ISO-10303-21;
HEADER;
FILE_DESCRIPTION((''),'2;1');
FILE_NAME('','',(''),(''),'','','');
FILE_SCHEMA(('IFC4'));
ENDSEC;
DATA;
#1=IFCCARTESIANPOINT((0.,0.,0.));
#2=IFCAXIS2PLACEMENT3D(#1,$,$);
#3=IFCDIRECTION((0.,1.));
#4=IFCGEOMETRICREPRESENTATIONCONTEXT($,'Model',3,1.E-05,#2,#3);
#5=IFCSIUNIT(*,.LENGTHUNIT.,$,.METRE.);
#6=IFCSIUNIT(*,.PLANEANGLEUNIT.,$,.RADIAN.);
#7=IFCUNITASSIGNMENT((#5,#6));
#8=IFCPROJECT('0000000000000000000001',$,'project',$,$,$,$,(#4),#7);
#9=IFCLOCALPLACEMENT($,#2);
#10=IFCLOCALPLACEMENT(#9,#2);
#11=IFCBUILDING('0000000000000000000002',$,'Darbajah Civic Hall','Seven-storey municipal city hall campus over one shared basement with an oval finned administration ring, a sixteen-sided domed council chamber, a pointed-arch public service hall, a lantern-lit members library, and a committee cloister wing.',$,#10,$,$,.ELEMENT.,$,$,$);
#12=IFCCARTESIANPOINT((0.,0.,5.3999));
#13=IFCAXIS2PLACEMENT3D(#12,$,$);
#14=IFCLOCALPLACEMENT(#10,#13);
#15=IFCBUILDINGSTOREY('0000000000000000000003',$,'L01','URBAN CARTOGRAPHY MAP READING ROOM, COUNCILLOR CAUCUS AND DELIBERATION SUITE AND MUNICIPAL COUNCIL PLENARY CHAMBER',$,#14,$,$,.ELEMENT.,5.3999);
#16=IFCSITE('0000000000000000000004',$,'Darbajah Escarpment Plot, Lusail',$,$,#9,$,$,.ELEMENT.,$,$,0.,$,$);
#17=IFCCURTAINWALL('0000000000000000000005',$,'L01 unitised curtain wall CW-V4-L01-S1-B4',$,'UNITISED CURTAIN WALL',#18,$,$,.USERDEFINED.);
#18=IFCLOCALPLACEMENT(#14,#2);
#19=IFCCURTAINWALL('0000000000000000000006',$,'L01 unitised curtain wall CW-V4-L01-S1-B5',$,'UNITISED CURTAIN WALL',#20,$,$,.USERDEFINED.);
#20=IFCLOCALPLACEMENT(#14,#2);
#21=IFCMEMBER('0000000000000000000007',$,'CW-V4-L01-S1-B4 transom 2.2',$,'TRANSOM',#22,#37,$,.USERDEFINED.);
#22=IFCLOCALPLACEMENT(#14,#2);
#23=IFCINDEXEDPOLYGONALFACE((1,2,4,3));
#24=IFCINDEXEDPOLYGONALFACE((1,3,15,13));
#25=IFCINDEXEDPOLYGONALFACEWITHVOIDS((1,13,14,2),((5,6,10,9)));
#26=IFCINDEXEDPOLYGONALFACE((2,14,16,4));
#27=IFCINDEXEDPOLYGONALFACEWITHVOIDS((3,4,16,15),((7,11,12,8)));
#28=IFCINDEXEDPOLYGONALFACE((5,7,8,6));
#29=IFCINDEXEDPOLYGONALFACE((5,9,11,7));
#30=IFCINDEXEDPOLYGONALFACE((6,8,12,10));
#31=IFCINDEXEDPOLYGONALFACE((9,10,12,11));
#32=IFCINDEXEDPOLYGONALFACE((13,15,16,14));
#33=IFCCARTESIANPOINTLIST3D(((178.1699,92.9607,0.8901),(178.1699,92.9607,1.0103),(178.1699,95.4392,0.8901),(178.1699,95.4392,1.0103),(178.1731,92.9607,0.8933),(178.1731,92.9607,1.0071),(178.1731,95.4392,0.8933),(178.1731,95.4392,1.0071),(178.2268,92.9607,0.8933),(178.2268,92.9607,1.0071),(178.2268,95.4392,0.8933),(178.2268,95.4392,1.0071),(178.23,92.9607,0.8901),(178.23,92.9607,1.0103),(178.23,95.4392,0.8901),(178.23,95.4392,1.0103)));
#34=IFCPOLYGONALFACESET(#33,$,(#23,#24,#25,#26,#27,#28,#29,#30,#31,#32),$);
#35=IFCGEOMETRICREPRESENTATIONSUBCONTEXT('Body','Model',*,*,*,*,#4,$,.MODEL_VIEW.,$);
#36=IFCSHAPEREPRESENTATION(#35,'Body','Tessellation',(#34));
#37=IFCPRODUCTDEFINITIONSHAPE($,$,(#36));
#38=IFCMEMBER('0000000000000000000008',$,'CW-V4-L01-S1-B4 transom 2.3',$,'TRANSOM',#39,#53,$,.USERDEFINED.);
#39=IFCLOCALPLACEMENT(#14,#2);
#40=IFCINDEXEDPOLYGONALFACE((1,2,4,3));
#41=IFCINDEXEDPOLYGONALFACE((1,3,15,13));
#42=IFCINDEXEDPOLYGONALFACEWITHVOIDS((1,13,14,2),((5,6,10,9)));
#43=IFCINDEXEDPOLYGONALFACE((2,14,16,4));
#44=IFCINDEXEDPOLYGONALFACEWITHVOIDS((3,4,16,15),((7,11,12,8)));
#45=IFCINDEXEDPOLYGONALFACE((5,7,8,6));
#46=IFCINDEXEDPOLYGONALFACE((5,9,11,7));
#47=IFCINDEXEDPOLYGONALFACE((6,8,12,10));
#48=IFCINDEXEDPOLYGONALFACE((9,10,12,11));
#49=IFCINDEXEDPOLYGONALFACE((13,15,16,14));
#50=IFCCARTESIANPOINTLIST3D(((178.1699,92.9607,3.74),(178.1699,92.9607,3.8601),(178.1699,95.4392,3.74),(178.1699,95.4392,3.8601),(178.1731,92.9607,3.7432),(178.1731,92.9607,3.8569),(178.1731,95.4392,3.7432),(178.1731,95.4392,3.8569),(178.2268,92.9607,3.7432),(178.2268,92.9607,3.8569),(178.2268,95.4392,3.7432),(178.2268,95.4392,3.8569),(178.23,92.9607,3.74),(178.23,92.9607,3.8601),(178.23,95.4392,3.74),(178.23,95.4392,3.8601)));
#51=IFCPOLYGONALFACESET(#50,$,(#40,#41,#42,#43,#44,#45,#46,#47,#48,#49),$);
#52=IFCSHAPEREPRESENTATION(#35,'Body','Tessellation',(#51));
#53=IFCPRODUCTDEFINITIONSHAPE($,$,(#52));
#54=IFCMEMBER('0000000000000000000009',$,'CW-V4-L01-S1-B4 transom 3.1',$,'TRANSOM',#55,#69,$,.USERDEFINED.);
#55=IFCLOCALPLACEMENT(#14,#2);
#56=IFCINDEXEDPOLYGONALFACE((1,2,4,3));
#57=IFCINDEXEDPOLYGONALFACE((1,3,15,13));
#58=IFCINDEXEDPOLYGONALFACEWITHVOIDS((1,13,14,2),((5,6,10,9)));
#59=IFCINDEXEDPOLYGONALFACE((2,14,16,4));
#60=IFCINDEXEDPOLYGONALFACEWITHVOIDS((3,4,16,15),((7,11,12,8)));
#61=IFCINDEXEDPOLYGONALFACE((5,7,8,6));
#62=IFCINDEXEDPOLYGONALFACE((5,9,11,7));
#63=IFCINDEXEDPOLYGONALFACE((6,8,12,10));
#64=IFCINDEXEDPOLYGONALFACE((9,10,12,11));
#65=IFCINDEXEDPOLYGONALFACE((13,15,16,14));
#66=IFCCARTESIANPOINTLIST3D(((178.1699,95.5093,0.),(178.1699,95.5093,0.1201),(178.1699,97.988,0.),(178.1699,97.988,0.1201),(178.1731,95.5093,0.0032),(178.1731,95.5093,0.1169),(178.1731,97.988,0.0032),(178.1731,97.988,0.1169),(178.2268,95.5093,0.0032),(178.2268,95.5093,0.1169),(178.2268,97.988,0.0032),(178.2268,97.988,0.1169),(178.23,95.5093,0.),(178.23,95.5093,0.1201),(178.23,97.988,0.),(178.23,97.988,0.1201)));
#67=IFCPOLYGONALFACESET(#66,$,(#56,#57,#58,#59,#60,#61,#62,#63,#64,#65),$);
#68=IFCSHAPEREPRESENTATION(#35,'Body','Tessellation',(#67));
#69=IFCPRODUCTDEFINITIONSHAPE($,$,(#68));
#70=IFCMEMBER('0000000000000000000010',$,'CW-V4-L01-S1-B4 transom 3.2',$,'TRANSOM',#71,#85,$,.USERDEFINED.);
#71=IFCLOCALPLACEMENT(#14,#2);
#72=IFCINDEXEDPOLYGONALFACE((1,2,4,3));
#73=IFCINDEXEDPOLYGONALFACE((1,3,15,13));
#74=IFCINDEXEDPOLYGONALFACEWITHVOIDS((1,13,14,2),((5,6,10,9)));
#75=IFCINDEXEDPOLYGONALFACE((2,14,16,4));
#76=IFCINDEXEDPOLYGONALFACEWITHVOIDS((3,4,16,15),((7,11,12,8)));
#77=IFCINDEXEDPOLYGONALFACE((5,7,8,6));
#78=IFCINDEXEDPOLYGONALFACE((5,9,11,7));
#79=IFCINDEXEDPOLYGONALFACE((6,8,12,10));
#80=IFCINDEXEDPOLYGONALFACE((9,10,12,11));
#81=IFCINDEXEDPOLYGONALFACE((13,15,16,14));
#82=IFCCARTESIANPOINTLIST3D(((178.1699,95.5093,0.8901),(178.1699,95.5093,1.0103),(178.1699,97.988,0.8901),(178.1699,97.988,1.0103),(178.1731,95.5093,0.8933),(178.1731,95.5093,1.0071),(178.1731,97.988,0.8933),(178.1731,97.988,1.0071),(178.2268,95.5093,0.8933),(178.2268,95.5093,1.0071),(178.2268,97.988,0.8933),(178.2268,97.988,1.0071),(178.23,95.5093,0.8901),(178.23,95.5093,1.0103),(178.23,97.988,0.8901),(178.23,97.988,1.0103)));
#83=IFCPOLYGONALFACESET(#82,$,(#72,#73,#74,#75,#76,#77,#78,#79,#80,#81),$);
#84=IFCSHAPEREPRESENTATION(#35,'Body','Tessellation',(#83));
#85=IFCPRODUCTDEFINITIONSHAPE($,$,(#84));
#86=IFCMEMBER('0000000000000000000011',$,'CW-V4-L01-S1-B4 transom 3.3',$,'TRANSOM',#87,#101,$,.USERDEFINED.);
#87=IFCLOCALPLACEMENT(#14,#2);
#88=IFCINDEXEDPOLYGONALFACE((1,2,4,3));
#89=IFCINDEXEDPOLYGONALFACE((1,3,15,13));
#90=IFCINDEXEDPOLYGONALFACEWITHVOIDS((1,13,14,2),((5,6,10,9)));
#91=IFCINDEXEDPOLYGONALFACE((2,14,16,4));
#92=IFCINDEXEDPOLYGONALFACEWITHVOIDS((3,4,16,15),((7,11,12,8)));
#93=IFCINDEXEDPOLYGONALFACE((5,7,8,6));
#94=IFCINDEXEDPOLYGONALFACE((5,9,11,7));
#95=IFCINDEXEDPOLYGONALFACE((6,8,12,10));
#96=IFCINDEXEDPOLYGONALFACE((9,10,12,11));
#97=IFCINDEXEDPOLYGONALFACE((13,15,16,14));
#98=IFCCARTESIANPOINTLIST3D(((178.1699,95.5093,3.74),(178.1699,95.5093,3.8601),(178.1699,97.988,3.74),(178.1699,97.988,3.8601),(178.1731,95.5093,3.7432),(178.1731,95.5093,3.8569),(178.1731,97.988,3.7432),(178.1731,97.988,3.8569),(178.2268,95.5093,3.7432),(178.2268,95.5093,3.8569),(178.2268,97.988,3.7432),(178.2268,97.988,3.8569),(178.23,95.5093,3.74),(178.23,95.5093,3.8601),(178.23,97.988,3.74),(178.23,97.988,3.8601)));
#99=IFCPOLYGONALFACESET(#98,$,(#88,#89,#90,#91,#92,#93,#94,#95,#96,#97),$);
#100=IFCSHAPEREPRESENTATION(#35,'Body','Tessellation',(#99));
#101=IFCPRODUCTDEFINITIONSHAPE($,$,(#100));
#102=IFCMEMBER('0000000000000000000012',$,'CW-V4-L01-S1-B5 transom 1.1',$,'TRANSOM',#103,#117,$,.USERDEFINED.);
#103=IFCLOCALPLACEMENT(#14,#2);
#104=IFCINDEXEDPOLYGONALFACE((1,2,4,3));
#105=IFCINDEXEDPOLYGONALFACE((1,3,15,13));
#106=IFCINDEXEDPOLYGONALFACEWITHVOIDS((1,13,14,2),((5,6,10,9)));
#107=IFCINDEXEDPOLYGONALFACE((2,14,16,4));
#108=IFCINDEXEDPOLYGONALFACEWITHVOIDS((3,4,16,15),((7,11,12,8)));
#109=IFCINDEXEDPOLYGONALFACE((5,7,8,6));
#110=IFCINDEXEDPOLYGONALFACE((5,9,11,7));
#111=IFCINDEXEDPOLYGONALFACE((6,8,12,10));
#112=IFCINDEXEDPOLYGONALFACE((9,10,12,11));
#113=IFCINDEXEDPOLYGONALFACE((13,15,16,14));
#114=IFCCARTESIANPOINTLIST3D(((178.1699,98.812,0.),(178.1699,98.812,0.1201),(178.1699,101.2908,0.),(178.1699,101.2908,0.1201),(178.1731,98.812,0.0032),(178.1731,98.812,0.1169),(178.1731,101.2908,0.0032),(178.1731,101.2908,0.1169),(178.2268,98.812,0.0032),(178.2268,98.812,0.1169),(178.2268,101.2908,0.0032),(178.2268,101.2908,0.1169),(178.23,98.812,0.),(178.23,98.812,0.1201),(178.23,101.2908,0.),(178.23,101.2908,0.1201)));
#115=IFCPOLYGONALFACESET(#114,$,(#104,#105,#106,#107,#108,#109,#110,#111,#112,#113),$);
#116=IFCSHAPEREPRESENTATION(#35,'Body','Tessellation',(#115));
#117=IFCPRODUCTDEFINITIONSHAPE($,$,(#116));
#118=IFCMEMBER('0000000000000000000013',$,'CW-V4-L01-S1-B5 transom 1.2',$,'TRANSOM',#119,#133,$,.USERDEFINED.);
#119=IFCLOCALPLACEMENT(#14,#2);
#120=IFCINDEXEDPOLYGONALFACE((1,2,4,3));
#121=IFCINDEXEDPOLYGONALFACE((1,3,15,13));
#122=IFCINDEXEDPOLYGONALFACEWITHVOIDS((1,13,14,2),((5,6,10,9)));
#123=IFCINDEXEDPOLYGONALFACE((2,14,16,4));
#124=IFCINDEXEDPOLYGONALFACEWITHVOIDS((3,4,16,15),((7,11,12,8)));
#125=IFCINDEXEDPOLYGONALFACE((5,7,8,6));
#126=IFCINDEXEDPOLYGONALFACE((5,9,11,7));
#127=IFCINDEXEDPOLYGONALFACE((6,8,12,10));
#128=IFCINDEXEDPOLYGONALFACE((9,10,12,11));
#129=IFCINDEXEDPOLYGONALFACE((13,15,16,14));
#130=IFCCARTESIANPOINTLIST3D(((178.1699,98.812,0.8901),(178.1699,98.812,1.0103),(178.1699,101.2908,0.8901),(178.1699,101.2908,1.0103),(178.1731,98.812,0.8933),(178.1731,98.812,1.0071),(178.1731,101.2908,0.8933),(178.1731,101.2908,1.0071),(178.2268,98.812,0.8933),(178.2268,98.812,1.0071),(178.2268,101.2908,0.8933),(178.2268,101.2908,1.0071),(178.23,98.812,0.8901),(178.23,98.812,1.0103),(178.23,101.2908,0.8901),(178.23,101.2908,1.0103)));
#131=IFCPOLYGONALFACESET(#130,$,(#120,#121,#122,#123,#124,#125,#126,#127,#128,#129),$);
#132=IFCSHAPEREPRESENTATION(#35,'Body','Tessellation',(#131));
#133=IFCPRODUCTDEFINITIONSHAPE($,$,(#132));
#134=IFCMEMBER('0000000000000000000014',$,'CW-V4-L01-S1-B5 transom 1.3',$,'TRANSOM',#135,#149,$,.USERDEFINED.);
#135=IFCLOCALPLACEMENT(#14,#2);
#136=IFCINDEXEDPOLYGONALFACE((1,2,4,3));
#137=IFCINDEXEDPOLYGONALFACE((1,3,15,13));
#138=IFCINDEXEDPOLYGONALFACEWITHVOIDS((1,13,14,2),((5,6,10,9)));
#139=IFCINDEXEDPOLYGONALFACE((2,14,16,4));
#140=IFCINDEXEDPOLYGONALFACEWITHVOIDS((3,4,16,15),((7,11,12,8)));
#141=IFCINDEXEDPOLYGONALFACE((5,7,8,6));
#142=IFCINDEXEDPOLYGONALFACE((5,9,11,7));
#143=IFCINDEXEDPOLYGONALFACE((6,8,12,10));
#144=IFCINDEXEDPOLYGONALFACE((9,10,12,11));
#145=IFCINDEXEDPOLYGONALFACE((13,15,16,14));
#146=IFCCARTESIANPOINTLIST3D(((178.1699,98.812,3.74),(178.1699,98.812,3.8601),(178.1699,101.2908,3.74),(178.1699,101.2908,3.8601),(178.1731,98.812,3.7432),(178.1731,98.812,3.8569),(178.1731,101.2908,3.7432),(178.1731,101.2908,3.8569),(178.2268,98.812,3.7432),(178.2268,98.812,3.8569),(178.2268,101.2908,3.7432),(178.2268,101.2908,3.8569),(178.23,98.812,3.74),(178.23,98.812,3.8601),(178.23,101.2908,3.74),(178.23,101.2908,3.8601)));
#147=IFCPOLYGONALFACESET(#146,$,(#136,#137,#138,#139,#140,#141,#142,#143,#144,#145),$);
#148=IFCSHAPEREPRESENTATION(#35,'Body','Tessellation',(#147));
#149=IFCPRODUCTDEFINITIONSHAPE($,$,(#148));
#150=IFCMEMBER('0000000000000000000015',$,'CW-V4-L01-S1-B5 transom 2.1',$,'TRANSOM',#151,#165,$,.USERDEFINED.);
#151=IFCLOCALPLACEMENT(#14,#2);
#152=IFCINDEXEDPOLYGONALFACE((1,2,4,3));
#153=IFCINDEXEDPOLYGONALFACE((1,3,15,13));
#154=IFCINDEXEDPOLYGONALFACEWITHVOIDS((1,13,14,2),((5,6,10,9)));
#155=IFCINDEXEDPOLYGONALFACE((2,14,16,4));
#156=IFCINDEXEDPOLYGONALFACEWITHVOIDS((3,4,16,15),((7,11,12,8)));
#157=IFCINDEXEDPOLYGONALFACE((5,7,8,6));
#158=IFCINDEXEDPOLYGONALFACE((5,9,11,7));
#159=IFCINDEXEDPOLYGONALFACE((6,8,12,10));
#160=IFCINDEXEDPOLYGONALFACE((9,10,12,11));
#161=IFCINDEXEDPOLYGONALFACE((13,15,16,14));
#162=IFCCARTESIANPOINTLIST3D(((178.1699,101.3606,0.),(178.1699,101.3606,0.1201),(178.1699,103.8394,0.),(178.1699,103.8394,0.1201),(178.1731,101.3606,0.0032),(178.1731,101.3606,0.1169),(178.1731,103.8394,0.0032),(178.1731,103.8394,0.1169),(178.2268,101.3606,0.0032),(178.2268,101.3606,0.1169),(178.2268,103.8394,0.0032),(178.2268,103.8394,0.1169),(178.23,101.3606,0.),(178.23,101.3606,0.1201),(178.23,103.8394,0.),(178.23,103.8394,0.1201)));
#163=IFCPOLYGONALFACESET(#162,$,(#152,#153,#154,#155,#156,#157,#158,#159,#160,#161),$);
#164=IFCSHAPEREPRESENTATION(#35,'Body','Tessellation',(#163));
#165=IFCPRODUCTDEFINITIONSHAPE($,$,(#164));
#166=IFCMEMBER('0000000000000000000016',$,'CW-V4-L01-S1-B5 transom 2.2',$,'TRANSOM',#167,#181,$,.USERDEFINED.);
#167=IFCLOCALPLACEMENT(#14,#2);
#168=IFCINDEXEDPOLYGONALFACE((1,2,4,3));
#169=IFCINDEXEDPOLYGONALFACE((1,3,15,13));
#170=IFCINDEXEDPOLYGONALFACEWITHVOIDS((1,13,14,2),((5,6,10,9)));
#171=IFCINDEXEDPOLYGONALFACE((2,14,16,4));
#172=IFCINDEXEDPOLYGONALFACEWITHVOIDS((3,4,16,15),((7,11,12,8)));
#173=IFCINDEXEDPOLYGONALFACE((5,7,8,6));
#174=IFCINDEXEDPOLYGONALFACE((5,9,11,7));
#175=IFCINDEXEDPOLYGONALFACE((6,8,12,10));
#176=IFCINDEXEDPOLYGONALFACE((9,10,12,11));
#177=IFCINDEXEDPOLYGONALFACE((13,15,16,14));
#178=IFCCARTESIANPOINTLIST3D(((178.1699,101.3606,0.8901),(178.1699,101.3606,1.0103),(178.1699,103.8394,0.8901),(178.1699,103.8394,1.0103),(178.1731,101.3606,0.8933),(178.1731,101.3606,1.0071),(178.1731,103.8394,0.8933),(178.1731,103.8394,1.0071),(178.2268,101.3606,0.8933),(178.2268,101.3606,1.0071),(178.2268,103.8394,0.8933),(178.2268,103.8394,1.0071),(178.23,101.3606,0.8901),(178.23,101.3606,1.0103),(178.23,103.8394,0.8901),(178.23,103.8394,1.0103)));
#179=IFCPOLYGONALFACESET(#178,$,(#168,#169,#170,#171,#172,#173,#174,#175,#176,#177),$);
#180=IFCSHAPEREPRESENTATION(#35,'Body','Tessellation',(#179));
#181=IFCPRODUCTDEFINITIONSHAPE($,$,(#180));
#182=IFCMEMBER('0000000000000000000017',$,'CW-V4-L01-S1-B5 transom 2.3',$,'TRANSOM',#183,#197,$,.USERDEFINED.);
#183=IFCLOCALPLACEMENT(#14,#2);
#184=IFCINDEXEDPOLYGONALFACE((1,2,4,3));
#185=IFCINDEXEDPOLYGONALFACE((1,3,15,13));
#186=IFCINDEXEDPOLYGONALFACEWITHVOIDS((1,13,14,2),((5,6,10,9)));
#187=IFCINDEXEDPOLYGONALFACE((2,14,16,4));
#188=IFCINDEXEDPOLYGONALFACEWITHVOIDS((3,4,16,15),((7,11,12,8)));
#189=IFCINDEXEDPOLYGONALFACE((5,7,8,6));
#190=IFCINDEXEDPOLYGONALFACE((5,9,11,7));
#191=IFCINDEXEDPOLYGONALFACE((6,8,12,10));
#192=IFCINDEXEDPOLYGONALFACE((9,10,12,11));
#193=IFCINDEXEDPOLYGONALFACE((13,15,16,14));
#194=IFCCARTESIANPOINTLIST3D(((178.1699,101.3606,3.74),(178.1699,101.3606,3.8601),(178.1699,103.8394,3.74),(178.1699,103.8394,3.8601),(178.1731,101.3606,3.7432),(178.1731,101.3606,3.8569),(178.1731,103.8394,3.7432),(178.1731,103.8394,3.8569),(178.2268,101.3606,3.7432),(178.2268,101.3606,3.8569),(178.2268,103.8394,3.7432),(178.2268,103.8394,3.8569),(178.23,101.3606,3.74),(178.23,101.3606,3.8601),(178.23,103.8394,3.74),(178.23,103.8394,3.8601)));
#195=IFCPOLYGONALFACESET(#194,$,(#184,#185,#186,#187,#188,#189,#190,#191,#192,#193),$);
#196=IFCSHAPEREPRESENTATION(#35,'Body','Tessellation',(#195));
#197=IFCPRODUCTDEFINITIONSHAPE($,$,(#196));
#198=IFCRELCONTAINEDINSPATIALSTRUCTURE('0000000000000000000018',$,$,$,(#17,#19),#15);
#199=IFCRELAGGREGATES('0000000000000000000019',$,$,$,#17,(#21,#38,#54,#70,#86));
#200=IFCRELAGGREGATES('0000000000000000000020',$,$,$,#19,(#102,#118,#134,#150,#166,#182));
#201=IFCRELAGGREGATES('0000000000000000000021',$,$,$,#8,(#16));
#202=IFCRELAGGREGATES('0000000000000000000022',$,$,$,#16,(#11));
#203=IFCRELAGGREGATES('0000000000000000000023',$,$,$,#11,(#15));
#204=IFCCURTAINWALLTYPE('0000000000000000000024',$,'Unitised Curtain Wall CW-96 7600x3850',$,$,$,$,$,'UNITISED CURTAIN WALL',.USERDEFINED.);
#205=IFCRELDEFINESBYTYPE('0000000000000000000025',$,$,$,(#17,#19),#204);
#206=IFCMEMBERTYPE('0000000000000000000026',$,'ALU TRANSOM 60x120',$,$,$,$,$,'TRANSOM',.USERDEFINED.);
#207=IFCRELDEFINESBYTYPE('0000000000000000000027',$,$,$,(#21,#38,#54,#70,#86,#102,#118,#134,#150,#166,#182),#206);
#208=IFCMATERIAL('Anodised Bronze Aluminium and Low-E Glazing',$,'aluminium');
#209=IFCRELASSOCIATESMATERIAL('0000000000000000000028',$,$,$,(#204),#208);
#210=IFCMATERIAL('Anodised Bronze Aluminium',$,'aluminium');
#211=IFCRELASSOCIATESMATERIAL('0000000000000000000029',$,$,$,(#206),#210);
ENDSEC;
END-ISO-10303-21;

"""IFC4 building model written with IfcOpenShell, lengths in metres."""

from ifc_helpers import new_model, si_unit, direction, frame, origin, origin_2d, place, context, subcontext, project, spatial, hollow_rectangle, extrude, material, material_profile, profile_set, type_object, element, aggregate, save


model = new_model("IFC4")

# Units and contexts
model_context = context("Model", 3, precision=1e-05, world=origin(), true_north=direction((0.0, 1.0)))
body_context = subcontext(model_context, "Body", "Model", "MODEL_VIEW")
ifc_project = project(units=[si_unit("LENGTHUNIT", "METRE"), si_unit("PLANEANGLEUNIT", "RADIAN")], contexts=[model_context])

# Site, building, storey
site_placement = place(None, origin())
site = spatial("IfcSite", under=ifc_project, at=site_placement, Name="Darbajah Escarpment Plot, Lusail", CompositionType="ELEMENT", RefElevation=0.0)
building_placement = place(site_placement, origin())
building = spatial("IfcBuilding", under=site, at=building_placement, Name="Darbajah Civic Hall", Description="Seven-storey municipal city hall campus over one shared basement with an oval finned administration ring, a sixteen-sided domed council chamber, a pointed-arch public service hall, a lantern-lit members library, and a committee cloister wing.", CompositionType="ELEMENT")
storey_placement = place(building_placement, frame((0.0, 0.0, 5.3999)))
storey = spatial("IfcBuildingStorey", under=building, at=storey_placement, Name="L01", Description="URBAN CARTOGRAPHY MAP READING ROOM, COUNCILLOR CAUCUS AND DELIBERATION SUITE AND MUNICIPAL COUNCIL PLENARY CHAMBER", CompositionType="ELEMENT", Elevation=5.3999)

# Curtain walls
ifc_material_1 = material(Name="Anodised Bronze Aluminium and Low-E Glazing", Category="aluminium")
curtain_wall_type = type_object("IfcCurtainWallType", Name="Unitised Curtain Wall CW-96 7600x3850", ElementType="UNITISED CURTAIN WALL", PredefinedType="USERDEFINED", material=ifc_material_1)
curtain_wall_1_placement = place(storey_placement, origin())
curtain_wall_1 = element("IfcCurtainWall", 1, at=curtain_wall_1_placement, inside=storey, type_object=curtain_wall_type, Name="L01 unitised curtain wall CW-V4-L01-S1-B4", ObjectType="UNITISED CURTAIN WALL", PredefinedType="USERDEFINED")
ifc_material_2 = material(Name="Anodised Bronze Aluminium", Category="aluminium")
curtain_wall_2_placement = place(storey_placement, origin())
curtain_wall_2 = element("IfcCurtainWall", 2, at=curtain_wall_2_placement, inside=storey, type_object=curtain_wall_type, Name="L01 unitised curtain wall CW-V4-L01-S1-B5", ObjectType="UNITISED CURTAIN WALL", PredefinedType="USERDEFINED")

# Members
ifc_material_profile_1 = material_profile(ifc_material_2, hollow_rectangle(XDim=0.0601, YDim=0.1201, WallThickness=0.0032, at=origin_2d()), Name="ALU TRANSOM 60x120")
ifc_profile_set_1 = profile_set([ifc_material_profile_1], Name="Anodised Bronze Aluminium")
member_type_1 = type_object("IfcMemberType", Name="ALU TRANSOM 60x120", ElementType="TRANSOM", PredefinedType="USERDEFINED", material=ifc_profile_set_1)
member_1_placement = place(storey_placement, frame((178.2, 92.9607, 0.9502), z_axis=(0.0, 1.0, 0.0), x_axis=(-1.0, 0.0, 0.0)))
member_1 = element("IfcMember", 3, at=member_1_placement, type_object=member_type_1, Name="CW-V4-L01-S1-B4 transom 2.2", ObjectType="TRANSOM", PredefinedType="USERDEFINED", context=body_context, shape_type="SweptSolid", body=[
    extrude(hollow_rectangle(XDim=0.0601, YDim=0.1201, WallThickness=0.0032, at=origin_2d()), origin(), (0.0, 0.0, 1.0), 2.4785),
])
member_2_placement = place(storey_placement, frame((178.2, 92.9607, 3.8), z_axis=(0.0, 1.0, 0.0), x_axis=(-1.0, 0.0, 0.0)))
member_2 = element("IfcMember", 4, at=member_2_placement, type_object=member_type_1, Name="CW-V4-L01-S1-B4 transom 2.3", ObjectType="TRANSOM", PredefinedType="USERDEFINED", context=body_context, shape_type="SweptSolid", body=[
    extrude(hollow_rectangle(XDim=0.0601, YDim=0.1201, WallThickness=0.0032, at=origin_2d()), origin(), (0.0, 0.0, 1.0), 2.4785),
])
member_3_placement = place(storey_placement, frame((178.2, 95.5093, 0.0601), z_axis=(0.0, 1.0, 0.0), x_axis=(-1.0, 0.0, 0.0)))
member_3 = element("IfcMember", 5, at=member_3_placement, type_object=member_type_1, Name="CW-V4-L01-S1-B4 transom 3.1", ObjectType="TRANSOM", PredefinedType="USERDEFINED", context=body_context, shape_type="SweptSolid", body=[
    extrude(hollow_rectangle(XDim=0.0601, YDim=0.1201, WallThickness=0.0032, at=origin_2d()), origin(), (0.0, 0.0, 1.0), 2.4788),
])
member_4_placement = place(storey_placement, frame((178.2, 95.5093, 0.9502), z_axis=(0.0, 1.0, 0.0), x_axis=(-1.0, 0.0, 0.0)))
member_4 = element("IfcMember", 6, at=member_4_placement, type_object=member_type_1, Name="CW-V4-L01-S1-B4 transom 3.2", ObjectType="TRANSOM", PredefinedType="USERDEFINED", context=body_context, shape_type="SweptSolid", body=[
    extrude(hollow_rectangle(XDim=0.0601, YDim=0.1201, WallThickness=0.0032, at=origin_2d()), origin(), (0.0, 0.0, 1.0), 2.4788),
])
member_5_placement = place(storey_placement, frame((178.2, 95.5093, 3.8), z_axis=(0.0, 1.0, 0.0), x_axis=(-1.0, 0.0, 0.0)))
member_5 = element("IfcMember", 7, at=member_5_placement, type_object=member_type_1, Name="CW-V4-L01-S1-B4 transom 3.3", ObjectType="TRANSOM", PredefinedType="USERDEFINED", context=body_context, shape_type="SweptSolid", body=[
    extrude(hollow_rectangle(XDim=0.0601, YDim=0.1201, WallThickness=0.0032, at=origin_2d()), origin(), (0.0, 0.0, 1.0), 2.4788),
])
member_6_placement = place(storey_placement, frame((178.2, 98.812, 0.0601), z_axis=(0.0, 1.0, 0.0), x_axis=(-1.0, 0.0, 0.0)))
member_6 = element("IfcMember", 8, at=member_6_placement, type_object=member_type_1, Name="CW-V4-L01-S1-B5 transom 1.1", ObjectType="TRANSOM", PredefinedType="USERDEFINED", context=body_context, shape_type="SweptSolid", body=[
    extrude(hollow_rectangle(XDim=0.0601, YDim=0.1201, WallThickness=0.0032, at=origin_2d()), origin(), (0.0, 0.0, 1.0), 2.4788),
])
member_7_placement = place(storey_placement, frame((178.2, 98.812, 0.9502), z_axis=(0.0, 1.0, 0.0), x_axis=(-1.0, 0.0, 0.0)))
member_7 = element("IfcMember", 9, at=member_7_placement, type_object=member_type_1, Name="CW-V4-L01-S1-B5 transom 1.2", ObjectType="TRANSOM", PredefinedType="USERDEFINED", context=body_context, shape_type="SweptSolid", body=[
    extrude(hollow_rectangle(XDim=0.0601, YDim=0.1201, WallThickness=0.0032, at=origin_2d()), origin(), (0.0, 0.0, 1.0), 2.4788),
])
member_8_placement = place(storey_placement, frame((178.2, 98.812, 3.8), z_axis=(0.0, 1.0, 0.0), x_axis=(-1.0, 0.0, 0.0)))
member_8 = element("IfcMember", 10, at=member_8_placement, type_object=member_type_1, Name="CW-V4-L01-S1-B5 transom 1.3", ObjectType="TRANSOM", PredefinedType="USERDEFINED", context=body_context, shape_type="SweptSolid", body=[
    extrude(hollow_rectangle(XDim=0.0601, YDim=0.1201, WallThickness=0.0032, at=origin_2d()), origin(), (0.0, 0.0, 1.0), 2.4788),
])
member_9_placement = place(storey_placement, frame((178.2, 101.3606, 0.0601), z_axis=(0.0, 1.0, 0.0), x_axis=(-1.0, 0.0, 0.0)))
member_9 = element("IfcMember", 11, at=member_9_placement, type_object=member_type_1, Name="CW-V4-L01-S1-B5 transom 2.1", ObjectType="TRANSOM", PredefinedType="USERDEFINED", context=body_context, shape_type="SweptSolid", body=[
    extrude(hollow_rectangle(XDim=0.0601, YDim=0.1201, WallThickness=0.0032, at=origin_2d()), origin(), (0.0, 0.0, 1.0), 2.4788),
])
member_10_placement = place(storey_placement, frame((178.2, 101.3606, 0.9502), z_axis=(0.0, 1.0, 0.0), x_axis=(-1.0, 0.0, 0.0)))
member_10 = element("IfcMember", 12, at=member_10_placement, type_object=member_type_1, Name="CW-V4-L01-S1-B5 transom 2.2", ObjectType="TRANSOM", PredefinedType="USERDEFINED", context=body_context, shape_type="SweptSolid", body=[
    extrude(hollow_rectangle(XDim=0.0601, YDim=0.1201, WallThickness=0.0032, at=origin_2d()), origin(), (0.0, 0.0, 1.0), 2.4788),
])
member_11_placement = place(storey_placement, frame((178.2, 101.3606, 3.8), z_axis=(0.0, 1.0, 0.0), x_axis=(-1.0, 0.0, 0.0)))
member_11 = element("IfcMember", 13, at=member_11_placement, type_object=member_type_1, Name="CW-V4-L01-S1-B5 transom 2.3", ObjectType="TRANSOM", PredefinedType="USERDEFINED", context=body_context, shape_type="SweptSolid", body=[
    extrude(hollow_rectangle(XDim=0.0601, YDim=0.1201, WallThickness=0.0032, at=origin_2d()), origin(), (0.0, 0.0, 1.0), 2.4788),
])

aggregate(curtain_wall_1, [member_1, member_2, member_3, member_4, member_5])
aggregate(curtain_wall_2, [member_6, member_7, member_8, member_9, member_10, member_11])

save(model, "model.ifc")
